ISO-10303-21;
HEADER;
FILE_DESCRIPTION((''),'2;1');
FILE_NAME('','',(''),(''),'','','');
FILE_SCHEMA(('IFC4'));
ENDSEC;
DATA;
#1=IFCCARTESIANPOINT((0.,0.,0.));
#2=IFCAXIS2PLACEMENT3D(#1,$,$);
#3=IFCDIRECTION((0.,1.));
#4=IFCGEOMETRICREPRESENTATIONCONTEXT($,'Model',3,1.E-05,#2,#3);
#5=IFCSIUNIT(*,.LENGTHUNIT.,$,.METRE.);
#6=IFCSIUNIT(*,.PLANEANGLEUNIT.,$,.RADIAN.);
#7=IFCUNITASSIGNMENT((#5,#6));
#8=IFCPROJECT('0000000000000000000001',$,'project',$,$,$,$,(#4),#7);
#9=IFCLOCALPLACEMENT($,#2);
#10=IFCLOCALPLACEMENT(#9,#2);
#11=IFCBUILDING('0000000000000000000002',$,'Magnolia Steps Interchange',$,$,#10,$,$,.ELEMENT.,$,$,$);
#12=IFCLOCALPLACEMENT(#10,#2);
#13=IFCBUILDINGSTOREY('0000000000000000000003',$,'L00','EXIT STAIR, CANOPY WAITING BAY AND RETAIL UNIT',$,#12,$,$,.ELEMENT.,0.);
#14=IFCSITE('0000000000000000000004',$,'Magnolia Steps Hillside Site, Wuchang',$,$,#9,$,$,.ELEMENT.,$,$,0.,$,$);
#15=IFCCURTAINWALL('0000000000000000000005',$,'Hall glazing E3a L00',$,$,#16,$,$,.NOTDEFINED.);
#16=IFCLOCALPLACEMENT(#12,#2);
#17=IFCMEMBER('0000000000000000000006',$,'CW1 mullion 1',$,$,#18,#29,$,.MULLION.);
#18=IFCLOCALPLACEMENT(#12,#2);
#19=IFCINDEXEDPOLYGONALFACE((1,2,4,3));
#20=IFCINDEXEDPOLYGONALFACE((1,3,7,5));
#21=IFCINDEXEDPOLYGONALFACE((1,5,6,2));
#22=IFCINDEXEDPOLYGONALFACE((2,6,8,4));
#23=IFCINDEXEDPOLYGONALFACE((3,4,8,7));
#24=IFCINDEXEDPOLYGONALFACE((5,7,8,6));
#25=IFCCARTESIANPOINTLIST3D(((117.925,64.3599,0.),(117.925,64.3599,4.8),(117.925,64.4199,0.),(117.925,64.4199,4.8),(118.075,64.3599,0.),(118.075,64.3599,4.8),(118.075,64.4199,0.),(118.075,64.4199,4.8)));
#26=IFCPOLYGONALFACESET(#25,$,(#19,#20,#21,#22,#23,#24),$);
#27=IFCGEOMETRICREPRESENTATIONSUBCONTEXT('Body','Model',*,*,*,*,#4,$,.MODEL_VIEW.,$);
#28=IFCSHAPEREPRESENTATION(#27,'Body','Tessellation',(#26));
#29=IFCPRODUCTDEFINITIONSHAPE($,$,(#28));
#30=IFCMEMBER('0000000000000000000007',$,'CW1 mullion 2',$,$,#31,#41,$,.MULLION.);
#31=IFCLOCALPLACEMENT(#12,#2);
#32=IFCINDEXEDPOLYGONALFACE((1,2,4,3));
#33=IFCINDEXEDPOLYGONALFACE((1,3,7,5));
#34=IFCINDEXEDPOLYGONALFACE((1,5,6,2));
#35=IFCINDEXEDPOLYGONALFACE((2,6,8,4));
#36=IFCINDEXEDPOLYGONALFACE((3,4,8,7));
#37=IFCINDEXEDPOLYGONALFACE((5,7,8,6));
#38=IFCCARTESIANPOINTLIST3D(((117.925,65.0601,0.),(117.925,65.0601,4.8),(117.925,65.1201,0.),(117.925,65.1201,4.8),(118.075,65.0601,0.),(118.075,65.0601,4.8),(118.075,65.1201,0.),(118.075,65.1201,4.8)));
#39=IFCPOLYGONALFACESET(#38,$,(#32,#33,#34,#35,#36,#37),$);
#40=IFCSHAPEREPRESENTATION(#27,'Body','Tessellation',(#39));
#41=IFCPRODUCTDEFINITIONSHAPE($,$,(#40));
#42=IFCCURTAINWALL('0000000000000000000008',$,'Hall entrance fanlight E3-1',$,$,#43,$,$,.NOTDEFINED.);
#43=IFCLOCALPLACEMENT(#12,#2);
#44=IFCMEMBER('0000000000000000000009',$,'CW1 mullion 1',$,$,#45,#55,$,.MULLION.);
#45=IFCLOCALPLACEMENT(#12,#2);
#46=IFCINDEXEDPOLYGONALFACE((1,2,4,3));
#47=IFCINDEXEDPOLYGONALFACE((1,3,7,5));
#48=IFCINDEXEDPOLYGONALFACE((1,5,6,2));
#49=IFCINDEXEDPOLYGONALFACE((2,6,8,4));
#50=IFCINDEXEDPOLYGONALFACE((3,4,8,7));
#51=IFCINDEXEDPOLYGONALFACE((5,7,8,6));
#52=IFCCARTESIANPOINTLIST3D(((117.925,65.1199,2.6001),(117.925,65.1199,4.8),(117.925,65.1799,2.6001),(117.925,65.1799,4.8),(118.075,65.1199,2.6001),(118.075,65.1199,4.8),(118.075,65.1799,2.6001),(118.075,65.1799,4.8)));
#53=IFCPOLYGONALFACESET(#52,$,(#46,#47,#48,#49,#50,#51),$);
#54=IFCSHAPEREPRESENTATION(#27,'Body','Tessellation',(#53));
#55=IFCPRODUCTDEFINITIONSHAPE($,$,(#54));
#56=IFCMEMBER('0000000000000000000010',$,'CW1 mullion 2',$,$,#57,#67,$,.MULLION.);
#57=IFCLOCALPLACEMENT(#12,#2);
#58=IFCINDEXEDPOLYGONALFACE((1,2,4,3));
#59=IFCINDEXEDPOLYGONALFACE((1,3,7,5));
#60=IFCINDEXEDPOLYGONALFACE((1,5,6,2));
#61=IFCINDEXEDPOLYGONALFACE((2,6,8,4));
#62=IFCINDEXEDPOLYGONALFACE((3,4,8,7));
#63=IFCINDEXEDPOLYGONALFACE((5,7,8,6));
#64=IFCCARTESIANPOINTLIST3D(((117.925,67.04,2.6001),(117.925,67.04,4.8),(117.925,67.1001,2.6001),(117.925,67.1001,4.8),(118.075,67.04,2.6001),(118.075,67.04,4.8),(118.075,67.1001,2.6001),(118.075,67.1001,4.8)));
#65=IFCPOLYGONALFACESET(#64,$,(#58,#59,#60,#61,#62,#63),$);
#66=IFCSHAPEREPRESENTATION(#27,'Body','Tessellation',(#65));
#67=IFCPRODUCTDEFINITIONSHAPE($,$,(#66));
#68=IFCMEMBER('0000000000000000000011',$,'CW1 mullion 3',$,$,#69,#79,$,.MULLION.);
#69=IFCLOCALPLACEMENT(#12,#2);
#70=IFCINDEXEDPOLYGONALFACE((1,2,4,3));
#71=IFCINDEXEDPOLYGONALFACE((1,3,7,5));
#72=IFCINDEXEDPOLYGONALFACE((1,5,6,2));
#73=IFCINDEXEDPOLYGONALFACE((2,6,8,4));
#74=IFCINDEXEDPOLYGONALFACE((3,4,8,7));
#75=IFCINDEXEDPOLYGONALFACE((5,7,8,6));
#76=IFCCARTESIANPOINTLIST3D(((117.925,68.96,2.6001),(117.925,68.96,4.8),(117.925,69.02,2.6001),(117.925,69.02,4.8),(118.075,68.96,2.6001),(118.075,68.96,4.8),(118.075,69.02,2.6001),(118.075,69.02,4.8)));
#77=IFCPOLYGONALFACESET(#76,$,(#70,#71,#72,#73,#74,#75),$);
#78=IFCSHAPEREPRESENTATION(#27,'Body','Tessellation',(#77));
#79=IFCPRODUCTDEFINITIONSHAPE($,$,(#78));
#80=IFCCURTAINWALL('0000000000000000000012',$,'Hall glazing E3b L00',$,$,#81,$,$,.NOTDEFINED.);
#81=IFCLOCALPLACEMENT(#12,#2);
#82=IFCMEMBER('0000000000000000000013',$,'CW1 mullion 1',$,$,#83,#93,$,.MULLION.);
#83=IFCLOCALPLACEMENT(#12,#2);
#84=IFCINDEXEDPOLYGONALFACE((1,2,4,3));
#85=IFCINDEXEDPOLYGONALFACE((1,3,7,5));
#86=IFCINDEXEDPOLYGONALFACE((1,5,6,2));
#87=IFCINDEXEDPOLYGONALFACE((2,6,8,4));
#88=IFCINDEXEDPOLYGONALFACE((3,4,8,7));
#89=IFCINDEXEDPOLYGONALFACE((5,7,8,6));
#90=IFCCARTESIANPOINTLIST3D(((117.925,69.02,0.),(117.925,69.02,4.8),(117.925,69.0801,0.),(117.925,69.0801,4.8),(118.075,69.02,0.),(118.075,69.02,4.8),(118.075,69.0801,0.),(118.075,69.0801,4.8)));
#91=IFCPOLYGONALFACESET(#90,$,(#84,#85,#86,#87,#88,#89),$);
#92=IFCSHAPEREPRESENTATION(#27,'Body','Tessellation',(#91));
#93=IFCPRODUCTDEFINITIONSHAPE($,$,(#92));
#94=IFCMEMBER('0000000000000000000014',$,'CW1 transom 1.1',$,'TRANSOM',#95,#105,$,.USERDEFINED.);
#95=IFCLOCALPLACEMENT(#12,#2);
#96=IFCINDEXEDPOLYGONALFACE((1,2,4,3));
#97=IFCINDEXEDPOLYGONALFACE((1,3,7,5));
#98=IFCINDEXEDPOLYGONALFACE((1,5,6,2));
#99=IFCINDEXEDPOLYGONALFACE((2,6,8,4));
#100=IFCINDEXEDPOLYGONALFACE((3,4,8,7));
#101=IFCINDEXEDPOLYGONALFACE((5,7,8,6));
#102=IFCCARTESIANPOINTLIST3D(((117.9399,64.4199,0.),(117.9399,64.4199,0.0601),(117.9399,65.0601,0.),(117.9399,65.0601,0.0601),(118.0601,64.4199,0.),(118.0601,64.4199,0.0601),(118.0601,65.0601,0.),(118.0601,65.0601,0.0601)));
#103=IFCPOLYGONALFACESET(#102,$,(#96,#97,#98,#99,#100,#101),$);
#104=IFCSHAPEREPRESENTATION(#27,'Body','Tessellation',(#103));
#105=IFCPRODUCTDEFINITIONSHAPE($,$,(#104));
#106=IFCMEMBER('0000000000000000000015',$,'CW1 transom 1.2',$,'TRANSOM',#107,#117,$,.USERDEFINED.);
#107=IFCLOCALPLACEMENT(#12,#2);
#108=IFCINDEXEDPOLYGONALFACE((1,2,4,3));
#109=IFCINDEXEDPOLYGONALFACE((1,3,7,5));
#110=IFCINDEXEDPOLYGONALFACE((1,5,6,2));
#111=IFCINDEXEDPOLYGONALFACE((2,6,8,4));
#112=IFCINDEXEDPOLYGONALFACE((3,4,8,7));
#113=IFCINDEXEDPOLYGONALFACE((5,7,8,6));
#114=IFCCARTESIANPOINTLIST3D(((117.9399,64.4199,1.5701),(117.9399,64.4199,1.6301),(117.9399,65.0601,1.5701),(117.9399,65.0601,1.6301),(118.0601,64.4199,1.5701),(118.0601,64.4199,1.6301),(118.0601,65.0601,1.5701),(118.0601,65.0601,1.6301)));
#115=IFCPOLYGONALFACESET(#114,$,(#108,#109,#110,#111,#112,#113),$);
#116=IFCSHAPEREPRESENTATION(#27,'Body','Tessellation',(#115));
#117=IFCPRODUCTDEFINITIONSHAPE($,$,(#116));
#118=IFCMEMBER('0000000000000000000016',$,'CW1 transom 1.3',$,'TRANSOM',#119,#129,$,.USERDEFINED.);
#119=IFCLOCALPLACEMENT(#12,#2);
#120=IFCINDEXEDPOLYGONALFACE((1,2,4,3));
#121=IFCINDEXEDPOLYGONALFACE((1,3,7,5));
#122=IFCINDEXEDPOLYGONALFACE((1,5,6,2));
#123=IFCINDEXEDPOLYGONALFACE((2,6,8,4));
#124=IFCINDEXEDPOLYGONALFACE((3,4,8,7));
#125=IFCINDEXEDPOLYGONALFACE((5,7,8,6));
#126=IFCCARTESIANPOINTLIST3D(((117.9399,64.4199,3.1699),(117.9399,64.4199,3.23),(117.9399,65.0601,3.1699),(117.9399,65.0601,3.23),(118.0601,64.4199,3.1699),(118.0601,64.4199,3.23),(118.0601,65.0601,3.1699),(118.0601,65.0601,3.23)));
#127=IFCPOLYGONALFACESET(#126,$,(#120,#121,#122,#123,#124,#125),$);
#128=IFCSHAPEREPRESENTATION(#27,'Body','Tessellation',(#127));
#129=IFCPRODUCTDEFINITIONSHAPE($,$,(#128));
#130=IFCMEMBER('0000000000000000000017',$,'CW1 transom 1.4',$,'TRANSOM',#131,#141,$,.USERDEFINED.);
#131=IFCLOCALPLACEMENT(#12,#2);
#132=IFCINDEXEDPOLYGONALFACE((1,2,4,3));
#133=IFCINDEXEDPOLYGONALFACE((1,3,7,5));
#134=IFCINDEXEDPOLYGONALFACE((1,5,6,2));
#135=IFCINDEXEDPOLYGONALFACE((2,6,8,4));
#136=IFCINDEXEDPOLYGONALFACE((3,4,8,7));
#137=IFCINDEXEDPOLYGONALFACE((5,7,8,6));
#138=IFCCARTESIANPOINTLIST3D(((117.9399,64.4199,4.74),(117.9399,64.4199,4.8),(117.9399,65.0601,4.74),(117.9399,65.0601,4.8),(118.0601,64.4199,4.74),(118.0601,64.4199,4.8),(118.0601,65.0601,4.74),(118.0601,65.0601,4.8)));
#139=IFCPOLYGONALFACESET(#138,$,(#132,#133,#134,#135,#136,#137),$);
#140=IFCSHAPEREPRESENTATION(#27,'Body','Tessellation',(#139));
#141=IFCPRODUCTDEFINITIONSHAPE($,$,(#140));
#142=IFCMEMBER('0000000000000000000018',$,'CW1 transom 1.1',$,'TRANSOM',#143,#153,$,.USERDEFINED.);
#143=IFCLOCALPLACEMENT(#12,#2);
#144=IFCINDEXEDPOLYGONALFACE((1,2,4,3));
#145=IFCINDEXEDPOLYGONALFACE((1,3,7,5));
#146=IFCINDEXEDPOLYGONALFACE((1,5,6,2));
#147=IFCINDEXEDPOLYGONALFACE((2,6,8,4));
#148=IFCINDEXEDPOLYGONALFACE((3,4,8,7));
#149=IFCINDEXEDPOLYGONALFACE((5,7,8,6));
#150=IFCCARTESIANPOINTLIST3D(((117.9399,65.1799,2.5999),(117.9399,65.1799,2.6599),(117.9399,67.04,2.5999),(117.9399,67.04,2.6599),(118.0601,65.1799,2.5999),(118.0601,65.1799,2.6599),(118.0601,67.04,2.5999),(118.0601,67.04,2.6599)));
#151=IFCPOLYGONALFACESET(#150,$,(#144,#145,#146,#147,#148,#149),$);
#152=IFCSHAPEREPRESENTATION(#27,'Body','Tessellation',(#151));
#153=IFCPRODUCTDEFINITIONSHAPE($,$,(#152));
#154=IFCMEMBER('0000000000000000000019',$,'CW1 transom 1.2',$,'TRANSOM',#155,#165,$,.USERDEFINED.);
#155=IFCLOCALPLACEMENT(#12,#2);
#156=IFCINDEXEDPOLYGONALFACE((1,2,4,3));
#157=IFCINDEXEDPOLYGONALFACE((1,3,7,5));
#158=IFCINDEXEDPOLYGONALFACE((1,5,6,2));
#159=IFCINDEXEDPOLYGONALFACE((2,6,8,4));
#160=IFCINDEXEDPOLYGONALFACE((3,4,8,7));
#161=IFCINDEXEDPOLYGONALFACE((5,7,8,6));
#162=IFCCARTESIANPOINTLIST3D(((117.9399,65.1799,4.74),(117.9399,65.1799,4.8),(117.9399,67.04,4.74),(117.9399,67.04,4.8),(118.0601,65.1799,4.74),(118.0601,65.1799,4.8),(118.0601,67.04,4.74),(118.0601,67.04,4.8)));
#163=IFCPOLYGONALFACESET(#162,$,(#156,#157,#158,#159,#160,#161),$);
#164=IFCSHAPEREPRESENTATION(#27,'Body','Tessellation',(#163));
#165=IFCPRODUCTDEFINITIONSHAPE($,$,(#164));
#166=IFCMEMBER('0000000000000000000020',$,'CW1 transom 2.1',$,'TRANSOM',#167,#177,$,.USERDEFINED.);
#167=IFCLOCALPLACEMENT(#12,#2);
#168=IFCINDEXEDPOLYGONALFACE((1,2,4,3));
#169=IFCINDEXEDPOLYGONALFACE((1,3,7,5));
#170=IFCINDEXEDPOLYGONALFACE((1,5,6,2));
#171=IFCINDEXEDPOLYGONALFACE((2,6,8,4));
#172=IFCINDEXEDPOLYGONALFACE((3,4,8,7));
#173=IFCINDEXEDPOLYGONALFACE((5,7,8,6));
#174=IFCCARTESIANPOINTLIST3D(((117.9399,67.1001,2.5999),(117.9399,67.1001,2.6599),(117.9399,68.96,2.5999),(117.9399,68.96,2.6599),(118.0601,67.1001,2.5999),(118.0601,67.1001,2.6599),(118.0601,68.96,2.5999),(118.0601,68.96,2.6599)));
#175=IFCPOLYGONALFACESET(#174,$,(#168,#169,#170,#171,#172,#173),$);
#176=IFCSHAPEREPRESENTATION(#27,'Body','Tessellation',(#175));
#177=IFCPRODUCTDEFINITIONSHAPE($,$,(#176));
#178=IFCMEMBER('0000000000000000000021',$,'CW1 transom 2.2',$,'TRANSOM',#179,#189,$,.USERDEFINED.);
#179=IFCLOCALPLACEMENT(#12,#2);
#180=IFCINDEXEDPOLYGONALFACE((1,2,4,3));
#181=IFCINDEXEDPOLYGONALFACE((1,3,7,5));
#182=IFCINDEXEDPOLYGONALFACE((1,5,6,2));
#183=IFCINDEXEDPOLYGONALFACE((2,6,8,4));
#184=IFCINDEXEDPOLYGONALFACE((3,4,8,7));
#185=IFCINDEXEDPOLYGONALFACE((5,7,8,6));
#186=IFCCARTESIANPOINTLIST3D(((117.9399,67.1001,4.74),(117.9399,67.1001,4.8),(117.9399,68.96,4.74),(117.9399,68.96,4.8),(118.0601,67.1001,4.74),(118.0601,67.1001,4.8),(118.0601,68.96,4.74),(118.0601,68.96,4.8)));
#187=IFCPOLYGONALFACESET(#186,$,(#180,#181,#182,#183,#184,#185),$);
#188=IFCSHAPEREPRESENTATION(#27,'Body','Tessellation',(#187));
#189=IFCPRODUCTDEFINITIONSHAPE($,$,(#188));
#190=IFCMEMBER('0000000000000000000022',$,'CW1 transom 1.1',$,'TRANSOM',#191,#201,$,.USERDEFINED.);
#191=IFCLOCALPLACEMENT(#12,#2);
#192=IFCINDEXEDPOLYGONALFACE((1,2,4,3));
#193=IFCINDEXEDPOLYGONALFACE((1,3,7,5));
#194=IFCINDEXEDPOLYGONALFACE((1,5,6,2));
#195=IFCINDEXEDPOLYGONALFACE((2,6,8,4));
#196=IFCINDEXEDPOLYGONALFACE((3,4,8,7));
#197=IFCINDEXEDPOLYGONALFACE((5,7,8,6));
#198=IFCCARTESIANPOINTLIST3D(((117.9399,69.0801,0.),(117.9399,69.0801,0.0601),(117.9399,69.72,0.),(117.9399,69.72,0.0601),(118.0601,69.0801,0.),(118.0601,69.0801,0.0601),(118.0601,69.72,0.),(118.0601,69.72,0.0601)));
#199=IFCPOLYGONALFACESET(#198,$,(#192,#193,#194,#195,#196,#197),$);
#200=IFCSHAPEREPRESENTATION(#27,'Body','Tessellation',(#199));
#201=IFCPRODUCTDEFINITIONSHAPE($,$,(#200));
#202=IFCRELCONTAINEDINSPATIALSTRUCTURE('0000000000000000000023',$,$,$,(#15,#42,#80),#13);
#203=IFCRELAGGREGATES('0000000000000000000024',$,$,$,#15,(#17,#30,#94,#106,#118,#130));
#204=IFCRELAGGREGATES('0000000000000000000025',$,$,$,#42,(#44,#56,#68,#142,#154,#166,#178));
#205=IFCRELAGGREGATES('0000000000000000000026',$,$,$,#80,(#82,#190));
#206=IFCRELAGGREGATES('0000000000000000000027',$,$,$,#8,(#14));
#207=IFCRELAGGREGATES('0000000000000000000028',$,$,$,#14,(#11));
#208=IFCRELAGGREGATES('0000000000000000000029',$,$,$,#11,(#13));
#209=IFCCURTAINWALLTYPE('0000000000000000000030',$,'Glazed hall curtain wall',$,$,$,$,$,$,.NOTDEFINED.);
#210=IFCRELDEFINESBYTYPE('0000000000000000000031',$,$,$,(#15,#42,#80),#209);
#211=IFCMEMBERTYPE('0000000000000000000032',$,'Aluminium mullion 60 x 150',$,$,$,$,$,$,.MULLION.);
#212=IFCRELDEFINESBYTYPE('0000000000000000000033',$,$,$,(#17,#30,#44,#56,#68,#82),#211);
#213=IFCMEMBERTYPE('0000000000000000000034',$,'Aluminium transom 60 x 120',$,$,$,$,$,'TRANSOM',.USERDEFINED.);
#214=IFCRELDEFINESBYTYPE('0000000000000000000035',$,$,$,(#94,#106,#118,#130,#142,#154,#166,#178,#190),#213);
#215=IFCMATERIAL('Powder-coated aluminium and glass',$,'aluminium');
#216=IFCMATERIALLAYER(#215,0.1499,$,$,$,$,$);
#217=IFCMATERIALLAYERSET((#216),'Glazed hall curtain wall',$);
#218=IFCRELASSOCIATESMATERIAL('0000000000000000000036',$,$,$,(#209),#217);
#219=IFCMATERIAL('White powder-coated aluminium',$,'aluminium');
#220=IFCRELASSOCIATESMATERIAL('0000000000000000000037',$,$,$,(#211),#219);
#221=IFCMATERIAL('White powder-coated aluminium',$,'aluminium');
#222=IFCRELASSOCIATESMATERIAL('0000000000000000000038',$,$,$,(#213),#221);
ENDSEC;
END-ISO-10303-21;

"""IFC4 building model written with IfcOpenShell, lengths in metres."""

from ifc_helpers import new_model, si_unit, direction, frame, origin, origin_2d, place, context, subcontext, project, spatial, rectangle, extrude, material, layer, layer_set, material_profile, profile_set, type_object, element, aggregate, save


model = new_model("IFC4")

# Units and contexts
model_context = context("Model", 3, precision=1e-05, world=origin(), true_north=direction((0.0, 1.0)))
body_context = subcontext(model_context, "Body", "Model", "MODEL_VIEW")
ifc_project = project(units=[si_unit("LENGTHUNIT", "METRE"), si_unit("PLANEANGLEUNIT", "RADIAN")], contexts=[model_context])

# Site, building, storey
site_placement = place(None, origin())
site = spatial("IfcSite", under=ifc_project, at=site_placement, Name="Magnolia Steps Hillside Site, Wuchang", CompositionType="ELEMENT", RefElevation=0.0)
building_placement = place(site_placement, origin())
building = spatial("IfcBuilding", under=site, at=building_placement, Name="Magnolia Steps Interchange", CompositionType="ELEMENT")
storey_placement = place(building_placement, origin())
storey = spatial("IfcBuildingStorey", under=building, at=storey_placement, Name="L00", Description="EXIT STAIR, CANOPY WAITING BAY AND RETAIL UNIT", CompositionType="ELEMENT", Elevation=0.0)

# Curtain walls, members
ifc_material_1 = material(Name="Powder-coated aluminium and glass", Category="aluminium")
ifc_layer_1 = layer(ifc_material_1, 0.1499)
ifc_layer_set_1 = layer_set([ifc_layer_1], Name="Glazed hall curtain wall")
curtain_wall_type = type_object("IfcCurtainWallType", Name="Glazed hall curtain wall", PredefinedType="NOTDEFINED", material=ifc_layer_set_1)
curtain_wall_1_placement = place(storey_placement, origin())
curtain_wall_1 = element("IfcCurtainWall", 1, at=curtain_wall_1_placement, inside=storey, type_object=curtain_wall_type, Name="Hall glazing E3a L00", PredefinedType="NOTDEFINED")
ifc_material_2 = material(Name="White powder-coated aluminium", Category="aluminium")
ifc_material_profile_1 = material_profile(ifc_material_2, rectangle(XDim=0.0601, YDim=0.1499, at=origin_2d()), Name="Aluminium mullion 60 x 150")
ifc_profile_set_1 = profile_set([ifc_material_profile_1], Name="White powder-coated aluminium")
member_type_1 = type_object("IfcMemberType", Name="Aluminium mullion 60 x 150", PredefinedType="MULLION", material=ifc_profile_set_1)
member_1_placement = place(storey_placement, frame((118.0, 64.3899, 0.0), z_axis=(0.0, 0.0, 1.0), x_axis=(0.0, 1.0, 0.0)))
member_1 = element("IfcMember", 2, at=member_1_placement, type_object=member_type_1, Name="CW1 mullion 1", PredefinedType="MULLION", context=body_context, shape_type="SweptSolid", body=[
    extrude(rectangle(XDim=0.0601, YDim=0.1499, at=origin_2d()), origin(), (0.0, 0.0, 1.0), 4.8),
])
member_2_placement = place(storey_placement, frame((118.0, 65.0901, 0.0), z_axis=(0.0, 0.0, 1.0), x_axis=(0.0, 1.0, 0.0)))
member_2 = element("IfcMember", 3, at=member_2_placement, type_object=member_type_1, Name="CW1 mullion 2", PredefinedType="MULLION", context=body_context, shape_type="SweptSolid", body=[
    extrude(rectangle(XDim=0.0601, YDim=0.1499, at=origin_2d()), origin(), (0.0, 0.0, 1.0), 4.8),
])
curtain_wall_2_placement = place(storey_placement, origin())
curtain_wall_2 = element("IfcCurtainWall", 4, at=curtain_wall_2_placement, inside=storey, type_object=curtain_wall_type, Name="Hall entrance fanlight E3-1", PredefinedType="NOTDEFINED")
member_3_placement = place(storey_placement, frame((118.0, 65.1499, 2.6001), z_axis=(0.0, 0.0, 1.0), x_axis=(0.0, 1.0, 0.0)))
member_3 = element("IfcMember", 5, at=member_3_placement, type_object=member_type_1, Name="CW1 mullion 1", PredefinedType="MULLION", context=body_context, shape_type="SweptSolid", body=[
    extrude(rectangle(XDim=0.0601, YDim=0.1499, at=origin_2d()), origin(), (0.0, 0.0, 1.0), 2.2),
])
member_4_placement = place(storey_placement, frame((118.0, 67.0701, 2.6001), z_axis=(0.0, 0.0, 1.0), x_axis=(0.0, 1.0, 0.0)))
member_4 = element("IfcMember", 6, at=member_4_placement, type_object=member_type_1, Name="CW1 mullion 2", PredefinedType="MULLION", context=body_context, shape_type="SweptSolid", body=[
    extrude(rectangle(XDim=0.0601, YDim=0.1499, at=origin_2d()), origin(), (0.0, 0.0, 1.0), 2.2),
])
member_5_placement = place(storey_placement, frame((118.0, 68.99, 2.6001), z_axis=(0.0, 0.0, 1.0), x_axis=(0.0, 1.0, 0.0)))
member_5 = element("IfcMember", 7, at=member_5_placement, type_object=member_type_1, Name="CW1 mullion 3", PredefinedType="MULLION", context=body_context, shape_type="SweptSolid", body=[
    extrude(rectangle(XDim=0.0601, YDim=0.1499, at=origin_2d()), origin(), (0.0, 0.0, 1.0), 2.2),
])

# Curtain wall, member
curtain_wall_3_placement = place(storey_placement, origin())
curtain_wall_3 = element("IfcCurtainWall", 8, at=curtain_wall_3_placement, inside=storey, type_object=curtain_wall_type, Name="Hall glazing E3b L00", PredefinedType="NOTDEFINED")
member_6_placement = place(storey_placement, frame((118.0, 69.05, 0.0), z_axis=(0.0, 0.0, 1.0), x_axis=(0.0, 1.0, 0.0)))
member_6 = element("IfcMember", 9, at=member_6_placement, type_object=member_type_1, Name="CW1 mullion 1", PredefinedType="MULLION", context=body_context, shape_type="SweptSolid", body=[
    extrude(rectangle(XDim=0.0601, YDim=0.1499, at=origin_2d()), origin(), (0.0, 0.0, 1.0), 4.8),
])

# Members
ifc_material_3 = material(Name="White powder-coated aluminium", Category="aluminium")
ifc_material_profile_2 = material_profile(ifc_material_3, rectangle(XDim=0.0601, YDim=0.1201, at=origin_2d()), Name="Aluminium transom 60 x 120")
ifc_profile_set_2 = profile_set([ifc_material_profile_2], Name="White powder-coated aluminium")
member_type_2 = type_object("IfcMemberType", Name="Aluminium transom 60 x 120", ElementType="TRANSOM", PredefinedType="USERDEFINED", material=ifc_profile_set_2)
member_7_placement = place(storey_placement, frame((118.0, 64.4199, 0.03), z_axis=(0.0, 1.0, 0.0), x_axis=(0.0, 0.0, 1.0)))
member_7 = element("IfcMember", 10, at=member_7_placement, type_object=member_type_2, Name="CW1 transom 1.1", ObjectType="TRANSOM", PredefinedType="USERDEFINED", context=body_context, shape_type="SweptSolid", body=[
    extrude(rectangle(XDim=0.0601, YDim=0.1201, at=origin_2d()), origin(), (0.0, 0.0, 1.0), 0.6401),
])
member_8_placement = place(storey_placement, frame((118.0, 64.4199, 1.6001), z_axis=(0.0, 1.0, 0.0), x_axis=(0.0, 0.0, 1.0)))
member_8 = element("IfcMember", 11, at=member_8_placement, type_object=member_type_2, Name="CW1 transom 1.2", ObjectType="TRANSOM", PredefinedType="USERDEFINED", context=body_context, shape_type="SweptSolid", body=[
    extrude(rectangle(XDim=0.0601, YDim=0.1201, at=origin_2d()), origin(), (0.0, 0.0, 1.0), 0.6401),
])
member_9_placement = place(storey_placement, frame((118.0, 64.4199, 3.2), z_axis=(0.0, 1.0, 0.0), x_axis=(0.0, 0.0, 1.0)))
member_9 = element("IfcMember", 12, at=member_9_placement, type_object=member_type_2, Name="CW1 transom 1.3", ObjectType="TRANSOM", PredefinedType="USERDEFINED", context=body_context, shape_type="SweptSolid", body=[
    extrude(rectangle(XDim=0.0601, YDim=0.1201, at=origin_2d()), origin(), (0.0, 0.0, 1.0), 0.6401),
])
member_10_placement = place(storey_placement, frame((118.0, 64.4199, 4.77), z_axis=(0.0, 1.0, 0.0), x_axis=(0.0, 0.0, 1.0)))
member_10 = element("IfcMember", 13, at=member_10_placement, type_object=member_type_2, Name="CW1 transom 1.4", ObjectType="TRANSOM", PredefinedType="USERDEFINED", context=body_context, shape_type="SweptSolid", body=[
    extrude(rectangle(XDim=0.0601, YDim=0.1201, at=origin_2d()), origin(), (0.0, 0.0, 1.0), 0.6401),
])
member_11_placement = place(storey_placement, frame((118.0, 65.1799, 2.6299), z_axis=(0.0, 1.0, 0.0), x_axis=(0.0, 0.0, 1.0)))
member_11 = element("IfcMember", 14, at=member_11_placement, type_object=member_type_2, Name="CW1 transom 1.1", ObjectType="TRANSOM", PredefinedType="USERDEFINED", context=body_context, shape_type="SweptSolid", body=[
    extrude(rectangle(XDim=0.0601, YDim=0.1201, at=origin_2d()), origin(), (0.0, 0.0, 1.0), 1.8601),
])
member_12_placement = place(storey_placement, frame((118.0, 65.1799, 4.77), z_axis=(0.0, 1.0, 0.0), x_axis=(0.0, 0.0, 1.0)))
member_12 = element("IfcMember", 15, at=member_12_placement, type_object=member_type_2, Name="CW1 transom 1.2", ObjectType="TRANSOM", PredefinedType="USERDEFINED", context=body_context, shape_type="SweptSolid", body=[
    extrude(rectangle(XDim=0.0601, YDim=0.1201, at=origin_2d()), origin(), (0.0, 0.0, 1.0), 1.8601),
])
member_13_placement = place(storey_placement, frame((118.0, 67.1001, 2.6299), z_axis=(0.0, 1.0, 0.0), x_axis=(0.0, 0.0, 1.0)))
member_13 = element("IfcMember", 16, at=member_13_placement, type_object=member_type_2, Name="CW1 transom 2.1", ObjectType="TRANSOM", PredefinedType="USERDEFINED", context=body_context, shape_type="SweptSolid", body=[
    extrude(rectangle(XDim=0.0601, YDim=0.1201, at=origin_2d()), origin(), (0.0, 0.0, 1.0), 1.8599),
])
member_14_placement = place(storey_placement, frame((118.0, 67.1001, 4.77), z_axis=(0.0, 1.0, 0.0), x_axis=(0.0, 0.0, 1.0)))
member_14 = element("IfcMember", 17, at=member_14_placement, type_object=member_type_2, Name="CW1 transom 2.2", ObjectType="TRANSOM", PredefinedType="USERDEFINED", context=body_context, shape_type="SweptSolid", body=[
    extrude(rectangle(XDim=0.0601, YDim=0.1201, at=origin_2d()), origin(), (0.0, 0.0, 1.0), 1.8599),
])
member_15_placement = place(storey_placement, frame((118.0, 69.0801, 0.03), z_axis=(0.0, 1.0, 0.0), x_axis=(0.0, 0.0, 1.0)))
member_15 = element("IfcMember", 18, at=member_15_placement, type_object=member_type_2, Name="CW1 transom 1.1", ObjectType="TRANSOM", PredefinedType="USERDEFINED", context=body_context, shape_type="SweptSolid", body=[
    extrude(rectangle(XDim=0.0601, YDim=0.1201, at=origin_2d()), origin(), (0.0, 0.0, 1.0), 0.6399),
])

aggregate(curtain_wall_1, [member_1, member_2, member_7, member_8, member_9, member_10])
aggregate(curtain_wall_2, [member_3, member_4, member_5, member_11, member_12, member_13, member_14])
aggregate(curtain_wall_3, [member_6, member_15])

save(model, "model.ifc")
